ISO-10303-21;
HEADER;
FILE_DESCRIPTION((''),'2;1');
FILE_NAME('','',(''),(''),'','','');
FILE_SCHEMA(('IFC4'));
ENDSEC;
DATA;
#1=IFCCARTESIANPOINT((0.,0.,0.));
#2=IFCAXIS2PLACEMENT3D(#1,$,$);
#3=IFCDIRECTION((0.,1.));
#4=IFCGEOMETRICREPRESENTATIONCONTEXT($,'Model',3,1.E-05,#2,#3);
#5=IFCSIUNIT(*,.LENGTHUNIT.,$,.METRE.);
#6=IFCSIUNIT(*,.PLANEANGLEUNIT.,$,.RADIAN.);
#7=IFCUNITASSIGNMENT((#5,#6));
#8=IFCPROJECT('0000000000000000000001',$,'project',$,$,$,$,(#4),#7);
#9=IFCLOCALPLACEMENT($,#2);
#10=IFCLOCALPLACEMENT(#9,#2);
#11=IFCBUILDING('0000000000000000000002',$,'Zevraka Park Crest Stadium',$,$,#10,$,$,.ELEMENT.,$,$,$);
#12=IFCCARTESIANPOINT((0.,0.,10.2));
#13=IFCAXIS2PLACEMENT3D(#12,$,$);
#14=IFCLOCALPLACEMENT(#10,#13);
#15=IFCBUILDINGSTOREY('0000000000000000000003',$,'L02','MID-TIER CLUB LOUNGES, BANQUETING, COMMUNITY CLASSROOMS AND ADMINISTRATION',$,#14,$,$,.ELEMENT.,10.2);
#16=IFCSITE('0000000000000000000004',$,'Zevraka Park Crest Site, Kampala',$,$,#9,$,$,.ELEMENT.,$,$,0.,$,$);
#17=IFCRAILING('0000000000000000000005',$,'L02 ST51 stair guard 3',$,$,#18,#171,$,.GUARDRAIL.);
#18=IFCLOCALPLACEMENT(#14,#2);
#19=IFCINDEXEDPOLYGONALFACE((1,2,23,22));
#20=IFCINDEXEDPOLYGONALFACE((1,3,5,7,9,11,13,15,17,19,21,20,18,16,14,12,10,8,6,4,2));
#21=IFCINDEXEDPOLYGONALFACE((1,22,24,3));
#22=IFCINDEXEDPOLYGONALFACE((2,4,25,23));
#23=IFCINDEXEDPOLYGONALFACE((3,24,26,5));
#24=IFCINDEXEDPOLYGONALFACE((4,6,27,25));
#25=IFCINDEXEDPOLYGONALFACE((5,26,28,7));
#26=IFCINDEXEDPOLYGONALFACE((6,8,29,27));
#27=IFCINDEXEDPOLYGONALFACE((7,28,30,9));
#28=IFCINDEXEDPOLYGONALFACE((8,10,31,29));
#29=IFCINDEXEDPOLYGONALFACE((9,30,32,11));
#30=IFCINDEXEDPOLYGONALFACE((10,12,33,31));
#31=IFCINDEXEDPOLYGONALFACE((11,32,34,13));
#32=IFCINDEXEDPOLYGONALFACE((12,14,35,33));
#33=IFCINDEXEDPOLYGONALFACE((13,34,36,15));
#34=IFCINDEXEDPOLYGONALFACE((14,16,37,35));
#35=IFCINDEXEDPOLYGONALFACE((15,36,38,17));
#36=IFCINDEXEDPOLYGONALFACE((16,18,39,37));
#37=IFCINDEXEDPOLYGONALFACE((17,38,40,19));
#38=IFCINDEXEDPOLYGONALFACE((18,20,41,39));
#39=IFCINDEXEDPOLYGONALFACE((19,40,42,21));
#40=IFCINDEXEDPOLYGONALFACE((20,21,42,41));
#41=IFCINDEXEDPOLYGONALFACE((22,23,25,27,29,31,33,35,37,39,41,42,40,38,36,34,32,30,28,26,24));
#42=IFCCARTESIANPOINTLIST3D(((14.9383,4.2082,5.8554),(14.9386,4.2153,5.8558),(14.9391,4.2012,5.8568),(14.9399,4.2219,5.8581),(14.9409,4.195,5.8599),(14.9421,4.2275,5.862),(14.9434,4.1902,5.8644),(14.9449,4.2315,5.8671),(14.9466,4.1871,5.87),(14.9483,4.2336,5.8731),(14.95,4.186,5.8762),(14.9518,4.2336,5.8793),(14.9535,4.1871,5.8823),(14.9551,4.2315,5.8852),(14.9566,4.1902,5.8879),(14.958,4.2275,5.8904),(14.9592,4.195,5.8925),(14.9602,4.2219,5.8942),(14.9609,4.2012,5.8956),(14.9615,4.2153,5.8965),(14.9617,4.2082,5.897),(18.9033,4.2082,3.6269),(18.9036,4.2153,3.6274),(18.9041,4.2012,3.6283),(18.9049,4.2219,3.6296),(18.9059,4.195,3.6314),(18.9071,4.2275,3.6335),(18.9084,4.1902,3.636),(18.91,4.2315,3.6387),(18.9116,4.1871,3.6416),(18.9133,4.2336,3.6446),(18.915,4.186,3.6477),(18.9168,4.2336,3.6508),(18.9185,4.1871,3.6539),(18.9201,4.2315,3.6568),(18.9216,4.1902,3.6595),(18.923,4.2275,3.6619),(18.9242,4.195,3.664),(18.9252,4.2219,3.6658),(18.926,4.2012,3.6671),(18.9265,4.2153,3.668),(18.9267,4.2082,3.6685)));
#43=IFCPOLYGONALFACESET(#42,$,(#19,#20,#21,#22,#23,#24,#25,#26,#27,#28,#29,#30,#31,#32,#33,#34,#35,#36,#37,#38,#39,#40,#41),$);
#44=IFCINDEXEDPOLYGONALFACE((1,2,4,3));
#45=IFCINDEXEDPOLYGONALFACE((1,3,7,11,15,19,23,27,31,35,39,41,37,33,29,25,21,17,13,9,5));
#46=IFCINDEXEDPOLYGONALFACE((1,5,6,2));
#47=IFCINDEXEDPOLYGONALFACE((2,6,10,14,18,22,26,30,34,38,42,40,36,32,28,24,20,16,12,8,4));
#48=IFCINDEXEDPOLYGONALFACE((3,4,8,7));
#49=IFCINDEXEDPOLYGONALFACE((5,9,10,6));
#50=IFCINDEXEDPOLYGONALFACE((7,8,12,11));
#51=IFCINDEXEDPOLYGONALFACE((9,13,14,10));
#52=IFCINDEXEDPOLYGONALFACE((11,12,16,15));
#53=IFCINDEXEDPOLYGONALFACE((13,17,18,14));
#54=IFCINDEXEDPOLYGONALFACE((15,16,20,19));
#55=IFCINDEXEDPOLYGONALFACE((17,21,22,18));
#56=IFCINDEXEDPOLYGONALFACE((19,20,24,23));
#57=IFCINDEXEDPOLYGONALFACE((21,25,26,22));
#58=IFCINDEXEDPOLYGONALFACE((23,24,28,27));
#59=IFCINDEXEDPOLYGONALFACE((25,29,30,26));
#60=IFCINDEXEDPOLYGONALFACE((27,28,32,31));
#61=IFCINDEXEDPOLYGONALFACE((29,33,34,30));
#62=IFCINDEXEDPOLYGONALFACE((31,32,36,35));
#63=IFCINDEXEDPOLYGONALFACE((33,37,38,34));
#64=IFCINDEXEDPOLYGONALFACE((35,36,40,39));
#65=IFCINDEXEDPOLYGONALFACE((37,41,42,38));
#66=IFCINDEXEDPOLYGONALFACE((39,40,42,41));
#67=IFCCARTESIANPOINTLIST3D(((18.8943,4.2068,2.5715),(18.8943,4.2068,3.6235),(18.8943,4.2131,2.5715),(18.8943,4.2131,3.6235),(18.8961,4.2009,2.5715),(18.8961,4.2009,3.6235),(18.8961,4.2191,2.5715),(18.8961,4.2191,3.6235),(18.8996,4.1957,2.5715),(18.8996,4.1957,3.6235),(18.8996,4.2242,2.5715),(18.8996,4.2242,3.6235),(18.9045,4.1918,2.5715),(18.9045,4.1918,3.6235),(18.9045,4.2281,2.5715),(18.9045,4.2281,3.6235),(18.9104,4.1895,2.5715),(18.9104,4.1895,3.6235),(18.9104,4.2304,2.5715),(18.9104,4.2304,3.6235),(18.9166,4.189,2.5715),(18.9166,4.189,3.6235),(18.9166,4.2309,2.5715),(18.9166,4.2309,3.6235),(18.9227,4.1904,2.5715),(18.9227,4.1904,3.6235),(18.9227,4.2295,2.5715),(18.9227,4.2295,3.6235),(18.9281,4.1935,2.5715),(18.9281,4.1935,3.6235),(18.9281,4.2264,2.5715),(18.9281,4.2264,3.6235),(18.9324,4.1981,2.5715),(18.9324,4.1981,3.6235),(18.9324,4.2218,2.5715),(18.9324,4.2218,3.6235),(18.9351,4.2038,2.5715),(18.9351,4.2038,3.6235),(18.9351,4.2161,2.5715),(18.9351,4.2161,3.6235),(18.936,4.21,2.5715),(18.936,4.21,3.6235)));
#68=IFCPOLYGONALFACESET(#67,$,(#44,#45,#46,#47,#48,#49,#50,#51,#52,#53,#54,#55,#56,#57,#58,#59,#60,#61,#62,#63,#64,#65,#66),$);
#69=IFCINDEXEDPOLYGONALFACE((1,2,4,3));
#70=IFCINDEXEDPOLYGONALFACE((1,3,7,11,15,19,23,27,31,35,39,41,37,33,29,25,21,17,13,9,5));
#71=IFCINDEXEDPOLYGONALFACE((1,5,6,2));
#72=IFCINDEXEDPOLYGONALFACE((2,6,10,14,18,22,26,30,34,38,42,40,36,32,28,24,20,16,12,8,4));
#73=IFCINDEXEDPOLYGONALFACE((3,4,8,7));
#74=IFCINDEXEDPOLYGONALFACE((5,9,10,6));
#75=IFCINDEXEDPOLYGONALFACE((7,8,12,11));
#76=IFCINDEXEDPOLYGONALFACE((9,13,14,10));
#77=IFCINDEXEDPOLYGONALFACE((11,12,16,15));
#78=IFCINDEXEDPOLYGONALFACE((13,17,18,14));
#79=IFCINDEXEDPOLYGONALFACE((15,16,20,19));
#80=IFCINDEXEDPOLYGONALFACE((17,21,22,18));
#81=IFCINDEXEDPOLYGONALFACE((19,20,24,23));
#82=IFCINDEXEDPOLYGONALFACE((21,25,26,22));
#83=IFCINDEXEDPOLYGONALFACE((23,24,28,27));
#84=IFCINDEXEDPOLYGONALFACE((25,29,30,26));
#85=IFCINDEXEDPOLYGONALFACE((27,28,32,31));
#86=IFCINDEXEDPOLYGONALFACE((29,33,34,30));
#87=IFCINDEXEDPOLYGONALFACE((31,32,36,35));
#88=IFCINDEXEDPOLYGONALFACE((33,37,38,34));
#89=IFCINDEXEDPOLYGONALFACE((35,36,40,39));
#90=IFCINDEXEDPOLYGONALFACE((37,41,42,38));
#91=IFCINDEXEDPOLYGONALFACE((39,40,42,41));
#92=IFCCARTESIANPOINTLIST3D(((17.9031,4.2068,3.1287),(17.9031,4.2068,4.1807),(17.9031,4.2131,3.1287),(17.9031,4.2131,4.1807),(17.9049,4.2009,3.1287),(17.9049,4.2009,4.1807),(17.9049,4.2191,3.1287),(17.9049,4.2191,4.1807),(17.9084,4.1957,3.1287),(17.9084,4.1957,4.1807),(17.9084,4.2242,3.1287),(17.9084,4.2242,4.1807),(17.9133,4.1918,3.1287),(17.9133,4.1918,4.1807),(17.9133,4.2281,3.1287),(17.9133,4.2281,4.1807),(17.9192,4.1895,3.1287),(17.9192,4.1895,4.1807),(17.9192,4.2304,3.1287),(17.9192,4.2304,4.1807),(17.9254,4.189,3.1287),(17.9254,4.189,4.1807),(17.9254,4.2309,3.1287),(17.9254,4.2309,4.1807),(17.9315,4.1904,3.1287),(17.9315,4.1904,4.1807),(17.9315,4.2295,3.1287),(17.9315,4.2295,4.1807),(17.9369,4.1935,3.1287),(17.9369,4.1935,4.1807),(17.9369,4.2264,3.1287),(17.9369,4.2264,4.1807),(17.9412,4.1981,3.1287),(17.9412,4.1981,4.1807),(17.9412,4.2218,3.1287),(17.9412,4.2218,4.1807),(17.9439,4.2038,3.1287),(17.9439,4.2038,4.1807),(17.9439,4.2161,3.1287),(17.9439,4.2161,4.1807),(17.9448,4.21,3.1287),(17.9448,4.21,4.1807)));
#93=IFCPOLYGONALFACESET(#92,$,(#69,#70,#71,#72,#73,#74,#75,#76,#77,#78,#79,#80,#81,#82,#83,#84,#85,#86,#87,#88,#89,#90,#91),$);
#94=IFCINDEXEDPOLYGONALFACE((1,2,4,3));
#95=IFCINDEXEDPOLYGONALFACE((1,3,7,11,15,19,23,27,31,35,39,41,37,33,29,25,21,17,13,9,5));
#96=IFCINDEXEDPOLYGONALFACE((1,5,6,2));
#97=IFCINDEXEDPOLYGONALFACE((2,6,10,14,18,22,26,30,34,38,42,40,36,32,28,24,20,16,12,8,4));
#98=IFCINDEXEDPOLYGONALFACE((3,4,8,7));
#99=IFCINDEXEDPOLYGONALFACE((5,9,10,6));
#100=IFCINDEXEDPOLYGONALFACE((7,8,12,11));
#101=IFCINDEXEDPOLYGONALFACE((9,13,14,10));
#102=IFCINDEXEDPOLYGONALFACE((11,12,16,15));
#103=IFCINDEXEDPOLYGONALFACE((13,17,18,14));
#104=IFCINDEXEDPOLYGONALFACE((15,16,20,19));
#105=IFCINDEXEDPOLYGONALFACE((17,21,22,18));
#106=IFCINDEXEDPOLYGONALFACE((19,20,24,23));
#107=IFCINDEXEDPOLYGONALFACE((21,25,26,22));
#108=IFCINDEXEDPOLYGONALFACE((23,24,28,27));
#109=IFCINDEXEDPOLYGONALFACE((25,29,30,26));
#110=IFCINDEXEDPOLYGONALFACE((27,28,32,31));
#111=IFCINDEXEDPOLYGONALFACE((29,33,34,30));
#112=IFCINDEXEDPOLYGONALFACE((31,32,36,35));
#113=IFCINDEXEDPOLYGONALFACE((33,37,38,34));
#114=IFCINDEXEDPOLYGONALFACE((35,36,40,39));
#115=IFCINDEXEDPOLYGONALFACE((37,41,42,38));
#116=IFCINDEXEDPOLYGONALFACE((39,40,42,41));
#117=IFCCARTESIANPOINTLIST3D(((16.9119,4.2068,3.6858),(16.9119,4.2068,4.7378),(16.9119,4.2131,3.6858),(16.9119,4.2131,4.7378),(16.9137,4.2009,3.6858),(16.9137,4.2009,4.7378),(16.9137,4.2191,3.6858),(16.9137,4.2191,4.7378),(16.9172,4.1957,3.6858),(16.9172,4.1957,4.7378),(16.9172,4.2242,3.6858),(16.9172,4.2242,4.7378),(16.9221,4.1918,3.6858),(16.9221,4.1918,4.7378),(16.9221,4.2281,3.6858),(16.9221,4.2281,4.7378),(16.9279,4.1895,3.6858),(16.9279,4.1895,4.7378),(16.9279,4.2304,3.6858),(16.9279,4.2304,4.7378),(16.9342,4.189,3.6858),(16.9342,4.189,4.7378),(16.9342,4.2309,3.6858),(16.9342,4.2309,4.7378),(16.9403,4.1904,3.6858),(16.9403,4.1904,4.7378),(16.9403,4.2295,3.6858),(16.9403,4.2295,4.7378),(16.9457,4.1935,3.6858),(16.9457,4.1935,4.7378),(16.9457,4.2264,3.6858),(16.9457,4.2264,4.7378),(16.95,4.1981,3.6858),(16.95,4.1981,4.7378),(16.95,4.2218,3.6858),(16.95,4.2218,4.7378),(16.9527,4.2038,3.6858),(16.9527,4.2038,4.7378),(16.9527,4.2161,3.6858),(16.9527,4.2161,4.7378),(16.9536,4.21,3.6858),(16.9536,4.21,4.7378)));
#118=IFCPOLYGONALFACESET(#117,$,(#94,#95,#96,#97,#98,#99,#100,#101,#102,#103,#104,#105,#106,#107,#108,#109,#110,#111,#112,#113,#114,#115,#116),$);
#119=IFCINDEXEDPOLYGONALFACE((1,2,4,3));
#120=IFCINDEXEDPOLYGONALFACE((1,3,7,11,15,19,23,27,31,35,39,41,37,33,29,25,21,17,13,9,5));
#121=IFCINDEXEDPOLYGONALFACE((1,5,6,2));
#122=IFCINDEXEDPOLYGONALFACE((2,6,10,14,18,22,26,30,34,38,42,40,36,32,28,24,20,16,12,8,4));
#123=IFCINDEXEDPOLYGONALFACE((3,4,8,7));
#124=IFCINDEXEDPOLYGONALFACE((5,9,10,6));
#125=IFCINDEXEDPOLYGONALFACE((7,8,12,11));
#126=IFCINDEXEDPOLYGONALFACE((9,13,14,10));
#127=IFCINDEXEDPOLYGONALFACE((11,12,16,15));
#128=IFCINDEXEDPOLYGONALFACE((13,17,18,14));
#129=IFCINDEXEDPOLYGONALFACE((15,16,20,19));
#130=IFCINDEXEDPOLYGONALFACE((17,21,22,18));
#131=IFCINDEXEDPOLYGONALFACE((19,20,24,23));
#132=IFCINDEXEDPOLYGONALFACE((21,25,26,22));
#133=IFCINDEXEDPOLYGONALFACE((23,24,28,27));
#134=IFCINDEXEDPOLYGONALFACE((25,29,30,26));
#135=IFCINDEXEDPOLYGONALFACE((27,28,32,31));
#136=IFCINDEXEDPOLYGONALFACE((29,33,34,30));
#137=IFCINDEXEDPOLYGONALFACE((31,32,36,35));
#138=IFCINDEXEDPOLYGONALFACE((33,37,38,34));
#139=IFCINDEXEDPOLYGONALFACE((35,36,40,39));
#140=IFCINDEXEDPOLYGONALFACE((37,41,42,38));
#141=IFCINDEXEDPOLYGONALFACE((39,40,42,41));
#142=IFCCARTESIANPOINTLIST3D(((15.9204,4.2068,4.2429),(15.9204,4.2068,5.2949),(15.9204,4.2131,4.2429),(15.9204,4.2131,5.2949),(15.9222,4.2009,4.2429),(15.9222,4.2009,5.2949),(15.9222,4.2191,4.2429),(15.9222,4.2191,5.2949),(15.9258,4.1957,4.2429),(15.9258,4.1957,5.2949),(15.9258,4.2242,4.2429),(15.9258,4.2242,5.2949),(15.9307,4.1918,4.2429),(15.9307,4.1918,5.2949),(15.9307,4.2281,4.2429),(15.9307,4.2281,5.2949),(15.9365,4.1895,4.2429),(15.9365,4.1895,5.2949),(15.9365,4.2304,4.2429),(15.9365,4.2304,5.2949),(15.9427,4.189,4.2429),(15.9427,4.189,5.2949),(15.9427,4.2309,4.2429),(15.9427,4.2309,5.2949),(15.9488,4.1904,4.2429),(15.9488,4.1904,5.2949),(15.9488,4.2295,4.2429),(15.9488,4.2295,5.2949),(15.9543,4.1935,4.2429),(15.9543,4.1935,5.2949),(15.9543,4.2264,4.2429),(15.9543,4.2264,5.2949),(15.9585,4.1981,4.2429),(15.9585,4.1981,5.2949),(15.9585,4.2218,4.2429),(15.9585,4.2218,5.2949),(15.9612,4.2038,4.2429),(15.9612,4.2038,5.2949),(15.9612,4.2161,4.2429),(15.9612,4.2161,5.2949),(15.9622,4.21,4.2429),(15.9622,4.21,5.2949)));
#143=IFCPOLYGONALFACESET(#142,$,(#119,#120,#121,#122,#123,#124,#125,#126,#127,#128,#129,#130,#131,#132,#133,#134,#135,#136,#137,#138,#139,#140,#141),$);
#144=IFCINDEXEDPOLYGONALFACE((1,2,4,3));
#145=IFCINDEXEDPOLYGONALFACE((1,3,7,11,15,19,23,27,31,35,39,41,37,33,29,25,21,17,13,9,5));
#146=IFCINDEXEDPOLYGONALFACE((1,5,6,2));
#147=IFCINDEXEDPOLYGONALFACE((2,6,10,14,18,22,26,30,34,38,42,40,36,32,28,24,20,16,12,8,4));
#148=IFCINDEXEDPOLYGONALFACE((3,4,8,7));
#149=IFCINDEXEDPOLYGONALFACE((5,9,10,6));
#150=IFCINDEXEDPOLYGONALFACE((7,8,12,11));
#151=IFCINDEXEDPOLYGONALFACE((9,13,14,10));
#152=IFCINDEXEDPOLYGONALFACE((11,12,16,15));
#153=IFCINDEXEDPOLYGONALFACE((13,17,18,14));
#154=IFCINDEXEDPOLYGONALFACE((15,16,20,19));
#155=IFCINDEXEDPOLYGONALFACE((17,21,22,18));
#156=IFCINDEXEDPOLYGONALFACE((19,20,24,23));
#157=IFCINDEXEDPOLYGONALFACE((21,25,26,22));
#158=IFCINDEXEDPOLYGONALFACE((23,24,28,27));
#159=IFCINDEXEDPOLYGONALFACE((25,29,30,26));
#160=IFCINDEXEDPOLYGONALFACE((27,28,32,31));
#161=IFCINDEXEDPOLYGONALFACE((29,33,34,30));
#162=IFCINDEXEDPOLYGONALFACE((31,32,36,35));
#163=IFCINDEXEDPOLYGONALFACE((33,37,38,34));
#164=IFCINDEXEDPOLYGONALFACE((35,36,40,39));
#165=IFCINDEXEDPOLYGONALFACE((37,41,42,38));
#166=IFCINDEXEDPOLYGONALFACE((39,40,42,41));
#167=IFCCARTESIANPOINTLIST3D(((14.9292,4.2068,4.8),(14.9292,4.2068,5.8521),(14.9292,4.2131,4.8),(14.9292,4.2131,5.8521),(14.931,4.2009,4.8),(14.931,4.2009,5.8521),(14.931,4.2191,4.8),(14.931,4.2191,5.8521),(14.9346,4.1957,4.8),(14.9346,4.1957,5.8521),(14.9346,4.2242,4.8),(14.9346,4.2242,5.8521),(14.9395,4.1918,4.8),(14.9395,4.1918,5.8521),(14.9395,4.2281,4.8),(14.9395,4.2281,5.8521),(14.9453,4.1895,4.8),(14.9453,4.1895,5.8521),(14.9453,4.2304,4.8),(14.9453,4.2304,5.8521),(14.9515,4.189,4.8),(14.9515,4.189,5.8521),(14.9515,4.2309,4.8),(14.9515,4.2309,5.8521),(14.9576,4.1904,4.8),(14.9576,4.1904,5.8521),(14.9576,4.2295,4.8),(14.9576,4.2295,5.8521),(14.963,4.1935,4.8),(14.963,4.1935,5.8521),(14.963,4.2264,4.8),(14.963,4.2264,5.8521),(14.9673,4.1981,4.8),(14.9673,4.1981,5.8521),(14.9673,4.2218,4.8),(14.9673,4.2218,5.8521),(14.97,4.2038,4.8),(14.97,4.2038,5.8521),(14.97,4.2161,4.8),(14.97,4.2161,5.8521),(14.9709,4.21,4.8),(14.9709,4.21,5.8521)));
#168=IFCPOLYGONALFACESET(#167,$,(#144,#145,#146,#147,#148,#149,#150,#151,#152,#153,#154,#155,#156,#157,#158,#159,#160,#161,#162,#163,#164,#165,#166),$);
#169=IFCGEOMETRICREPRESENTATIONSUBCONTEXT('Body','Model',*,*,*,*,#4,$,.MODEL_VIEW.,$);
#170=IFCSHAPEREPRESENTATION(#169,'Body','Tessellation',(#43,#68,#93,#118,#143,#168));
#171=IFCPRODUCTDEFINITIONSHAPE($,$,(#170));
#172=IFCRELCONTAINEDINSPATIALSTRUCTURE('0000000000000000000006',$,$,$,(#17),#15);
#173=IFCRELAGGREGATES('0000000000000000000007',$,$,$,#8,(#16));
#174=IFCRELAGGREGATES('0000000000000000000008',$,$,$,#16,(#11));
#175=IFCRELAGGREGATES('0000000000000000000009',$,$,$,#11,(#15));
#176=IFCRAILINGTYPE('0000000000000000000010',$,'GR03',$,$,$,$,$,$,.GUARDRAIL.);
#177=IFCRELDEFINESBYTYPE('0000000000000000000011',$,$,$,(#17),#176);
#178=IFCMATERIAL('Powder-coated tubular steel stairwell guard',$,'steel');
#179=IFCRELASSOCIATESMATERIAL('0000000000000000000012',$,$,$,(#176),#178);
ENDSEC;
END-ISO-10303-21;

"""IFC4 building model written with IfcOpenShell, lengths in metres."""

from ifc_helpers import new_model, si_unit, direction, frame, origin, origin_2d, place, context, subcontext, project, spatial, circle, extrude, material, type_object, element, save


model = new_model("IFC4")

# Units and contexts
model_context = context("Model", 3, precision=1e-05, world=origin(), true_north=direction((0.0, 1.0)))
body_context = subcontext(model_context, "Body", "Model", "MODEL_VIEW")
ifc_project = project(units=[si_unit("LENGTHUNIT", "METRE"), si_unit("PLANEANGLEUNIT", "RADIAN")], contexts=[model_context])

# Site, building, storey
site_placement = place(None, origin())
site = spatial("IfcSite", under=ifc_project, at=site_placement, Name="Zevraka Park Crest Site, Kampala", CompositionType="ELEMENT", RefElevation=0.0)
building_placement = place(site_placement, origin())
building = spatial("IfcBuilding", under=site, at=building_placement, Name="Zevraka Park Crest Stadium", CompositionType="ELEMENT")
storey_placement = place(building_placement, frame((0.0, 0.0, 10.2)))
storey = spatial("IfcBuildingStorey", under=building, at=storey_placement, Name="L02", Description="MID-TIER CLUB LOUNGES, BANQUETING, COMMUNITY CLASSROOMS AND ADMINISTRATION", CompositionType="ELEMENT", Elevation=10.2)

# Railing
ifc_material_1 = material(Name="Powder-coated tubular steel stairwell guard", Category="steel")
railing_type_1 = type_object("IfcRailingType", Name="GR03", PredefinedType="GUARDRAIL", material=ifc_material_1)
railing_1_placement = place(storey_placement, frame((18.915, 4.21, 2.5715)))
element("IfcRailing", 1, at=railing_1_placement, inside=storey, type_object=railing_type_1, Name="L02 ST51 stair guard 3", PredefinedType="GUARDRAIL", context=body_context, shape_type="SweptSolid", body=[
    extrude(circle(Radius=0.0239, at=origin_2d()), frame((0.0, 0.0, 1.0762), z_axis=(-0.871749, 0.0, 0.489953), x_axis=(0.0, -1.0, 0.0)), (0.0, 0.0, 1.0), 4.5483),
    extrude(circle(Radius=0.021, at=origin_2d()), origin(), (0.0, 0.0, 1.0), 1.052),
    extrude(circle(Radius=0.021, at=origin_2d()), frame((-0.9912, 0.0, 0.5571)), (0.0, 0.0, 1.0), 1.052),
    extrude(circle(Radius=0.021, at=origin_2d()), frame((-1.9824, 0.0, 1.1143)), (0.0, 0.0, 1.0), 1.052),
    extrude(circle(Radius=0.021, at=origin_2d()), frame((-2.9739, 0.0, 1.6714)), (0.0, 0.0, 1.0), 1.052),
    extrude(circle(Radius=0.021, at=origin_2d()), frame((-3.9651, 0.0, 2.2285)), (0.0, 0.0, 1.0), 1.052),
])

save(model, "model.ifc")
